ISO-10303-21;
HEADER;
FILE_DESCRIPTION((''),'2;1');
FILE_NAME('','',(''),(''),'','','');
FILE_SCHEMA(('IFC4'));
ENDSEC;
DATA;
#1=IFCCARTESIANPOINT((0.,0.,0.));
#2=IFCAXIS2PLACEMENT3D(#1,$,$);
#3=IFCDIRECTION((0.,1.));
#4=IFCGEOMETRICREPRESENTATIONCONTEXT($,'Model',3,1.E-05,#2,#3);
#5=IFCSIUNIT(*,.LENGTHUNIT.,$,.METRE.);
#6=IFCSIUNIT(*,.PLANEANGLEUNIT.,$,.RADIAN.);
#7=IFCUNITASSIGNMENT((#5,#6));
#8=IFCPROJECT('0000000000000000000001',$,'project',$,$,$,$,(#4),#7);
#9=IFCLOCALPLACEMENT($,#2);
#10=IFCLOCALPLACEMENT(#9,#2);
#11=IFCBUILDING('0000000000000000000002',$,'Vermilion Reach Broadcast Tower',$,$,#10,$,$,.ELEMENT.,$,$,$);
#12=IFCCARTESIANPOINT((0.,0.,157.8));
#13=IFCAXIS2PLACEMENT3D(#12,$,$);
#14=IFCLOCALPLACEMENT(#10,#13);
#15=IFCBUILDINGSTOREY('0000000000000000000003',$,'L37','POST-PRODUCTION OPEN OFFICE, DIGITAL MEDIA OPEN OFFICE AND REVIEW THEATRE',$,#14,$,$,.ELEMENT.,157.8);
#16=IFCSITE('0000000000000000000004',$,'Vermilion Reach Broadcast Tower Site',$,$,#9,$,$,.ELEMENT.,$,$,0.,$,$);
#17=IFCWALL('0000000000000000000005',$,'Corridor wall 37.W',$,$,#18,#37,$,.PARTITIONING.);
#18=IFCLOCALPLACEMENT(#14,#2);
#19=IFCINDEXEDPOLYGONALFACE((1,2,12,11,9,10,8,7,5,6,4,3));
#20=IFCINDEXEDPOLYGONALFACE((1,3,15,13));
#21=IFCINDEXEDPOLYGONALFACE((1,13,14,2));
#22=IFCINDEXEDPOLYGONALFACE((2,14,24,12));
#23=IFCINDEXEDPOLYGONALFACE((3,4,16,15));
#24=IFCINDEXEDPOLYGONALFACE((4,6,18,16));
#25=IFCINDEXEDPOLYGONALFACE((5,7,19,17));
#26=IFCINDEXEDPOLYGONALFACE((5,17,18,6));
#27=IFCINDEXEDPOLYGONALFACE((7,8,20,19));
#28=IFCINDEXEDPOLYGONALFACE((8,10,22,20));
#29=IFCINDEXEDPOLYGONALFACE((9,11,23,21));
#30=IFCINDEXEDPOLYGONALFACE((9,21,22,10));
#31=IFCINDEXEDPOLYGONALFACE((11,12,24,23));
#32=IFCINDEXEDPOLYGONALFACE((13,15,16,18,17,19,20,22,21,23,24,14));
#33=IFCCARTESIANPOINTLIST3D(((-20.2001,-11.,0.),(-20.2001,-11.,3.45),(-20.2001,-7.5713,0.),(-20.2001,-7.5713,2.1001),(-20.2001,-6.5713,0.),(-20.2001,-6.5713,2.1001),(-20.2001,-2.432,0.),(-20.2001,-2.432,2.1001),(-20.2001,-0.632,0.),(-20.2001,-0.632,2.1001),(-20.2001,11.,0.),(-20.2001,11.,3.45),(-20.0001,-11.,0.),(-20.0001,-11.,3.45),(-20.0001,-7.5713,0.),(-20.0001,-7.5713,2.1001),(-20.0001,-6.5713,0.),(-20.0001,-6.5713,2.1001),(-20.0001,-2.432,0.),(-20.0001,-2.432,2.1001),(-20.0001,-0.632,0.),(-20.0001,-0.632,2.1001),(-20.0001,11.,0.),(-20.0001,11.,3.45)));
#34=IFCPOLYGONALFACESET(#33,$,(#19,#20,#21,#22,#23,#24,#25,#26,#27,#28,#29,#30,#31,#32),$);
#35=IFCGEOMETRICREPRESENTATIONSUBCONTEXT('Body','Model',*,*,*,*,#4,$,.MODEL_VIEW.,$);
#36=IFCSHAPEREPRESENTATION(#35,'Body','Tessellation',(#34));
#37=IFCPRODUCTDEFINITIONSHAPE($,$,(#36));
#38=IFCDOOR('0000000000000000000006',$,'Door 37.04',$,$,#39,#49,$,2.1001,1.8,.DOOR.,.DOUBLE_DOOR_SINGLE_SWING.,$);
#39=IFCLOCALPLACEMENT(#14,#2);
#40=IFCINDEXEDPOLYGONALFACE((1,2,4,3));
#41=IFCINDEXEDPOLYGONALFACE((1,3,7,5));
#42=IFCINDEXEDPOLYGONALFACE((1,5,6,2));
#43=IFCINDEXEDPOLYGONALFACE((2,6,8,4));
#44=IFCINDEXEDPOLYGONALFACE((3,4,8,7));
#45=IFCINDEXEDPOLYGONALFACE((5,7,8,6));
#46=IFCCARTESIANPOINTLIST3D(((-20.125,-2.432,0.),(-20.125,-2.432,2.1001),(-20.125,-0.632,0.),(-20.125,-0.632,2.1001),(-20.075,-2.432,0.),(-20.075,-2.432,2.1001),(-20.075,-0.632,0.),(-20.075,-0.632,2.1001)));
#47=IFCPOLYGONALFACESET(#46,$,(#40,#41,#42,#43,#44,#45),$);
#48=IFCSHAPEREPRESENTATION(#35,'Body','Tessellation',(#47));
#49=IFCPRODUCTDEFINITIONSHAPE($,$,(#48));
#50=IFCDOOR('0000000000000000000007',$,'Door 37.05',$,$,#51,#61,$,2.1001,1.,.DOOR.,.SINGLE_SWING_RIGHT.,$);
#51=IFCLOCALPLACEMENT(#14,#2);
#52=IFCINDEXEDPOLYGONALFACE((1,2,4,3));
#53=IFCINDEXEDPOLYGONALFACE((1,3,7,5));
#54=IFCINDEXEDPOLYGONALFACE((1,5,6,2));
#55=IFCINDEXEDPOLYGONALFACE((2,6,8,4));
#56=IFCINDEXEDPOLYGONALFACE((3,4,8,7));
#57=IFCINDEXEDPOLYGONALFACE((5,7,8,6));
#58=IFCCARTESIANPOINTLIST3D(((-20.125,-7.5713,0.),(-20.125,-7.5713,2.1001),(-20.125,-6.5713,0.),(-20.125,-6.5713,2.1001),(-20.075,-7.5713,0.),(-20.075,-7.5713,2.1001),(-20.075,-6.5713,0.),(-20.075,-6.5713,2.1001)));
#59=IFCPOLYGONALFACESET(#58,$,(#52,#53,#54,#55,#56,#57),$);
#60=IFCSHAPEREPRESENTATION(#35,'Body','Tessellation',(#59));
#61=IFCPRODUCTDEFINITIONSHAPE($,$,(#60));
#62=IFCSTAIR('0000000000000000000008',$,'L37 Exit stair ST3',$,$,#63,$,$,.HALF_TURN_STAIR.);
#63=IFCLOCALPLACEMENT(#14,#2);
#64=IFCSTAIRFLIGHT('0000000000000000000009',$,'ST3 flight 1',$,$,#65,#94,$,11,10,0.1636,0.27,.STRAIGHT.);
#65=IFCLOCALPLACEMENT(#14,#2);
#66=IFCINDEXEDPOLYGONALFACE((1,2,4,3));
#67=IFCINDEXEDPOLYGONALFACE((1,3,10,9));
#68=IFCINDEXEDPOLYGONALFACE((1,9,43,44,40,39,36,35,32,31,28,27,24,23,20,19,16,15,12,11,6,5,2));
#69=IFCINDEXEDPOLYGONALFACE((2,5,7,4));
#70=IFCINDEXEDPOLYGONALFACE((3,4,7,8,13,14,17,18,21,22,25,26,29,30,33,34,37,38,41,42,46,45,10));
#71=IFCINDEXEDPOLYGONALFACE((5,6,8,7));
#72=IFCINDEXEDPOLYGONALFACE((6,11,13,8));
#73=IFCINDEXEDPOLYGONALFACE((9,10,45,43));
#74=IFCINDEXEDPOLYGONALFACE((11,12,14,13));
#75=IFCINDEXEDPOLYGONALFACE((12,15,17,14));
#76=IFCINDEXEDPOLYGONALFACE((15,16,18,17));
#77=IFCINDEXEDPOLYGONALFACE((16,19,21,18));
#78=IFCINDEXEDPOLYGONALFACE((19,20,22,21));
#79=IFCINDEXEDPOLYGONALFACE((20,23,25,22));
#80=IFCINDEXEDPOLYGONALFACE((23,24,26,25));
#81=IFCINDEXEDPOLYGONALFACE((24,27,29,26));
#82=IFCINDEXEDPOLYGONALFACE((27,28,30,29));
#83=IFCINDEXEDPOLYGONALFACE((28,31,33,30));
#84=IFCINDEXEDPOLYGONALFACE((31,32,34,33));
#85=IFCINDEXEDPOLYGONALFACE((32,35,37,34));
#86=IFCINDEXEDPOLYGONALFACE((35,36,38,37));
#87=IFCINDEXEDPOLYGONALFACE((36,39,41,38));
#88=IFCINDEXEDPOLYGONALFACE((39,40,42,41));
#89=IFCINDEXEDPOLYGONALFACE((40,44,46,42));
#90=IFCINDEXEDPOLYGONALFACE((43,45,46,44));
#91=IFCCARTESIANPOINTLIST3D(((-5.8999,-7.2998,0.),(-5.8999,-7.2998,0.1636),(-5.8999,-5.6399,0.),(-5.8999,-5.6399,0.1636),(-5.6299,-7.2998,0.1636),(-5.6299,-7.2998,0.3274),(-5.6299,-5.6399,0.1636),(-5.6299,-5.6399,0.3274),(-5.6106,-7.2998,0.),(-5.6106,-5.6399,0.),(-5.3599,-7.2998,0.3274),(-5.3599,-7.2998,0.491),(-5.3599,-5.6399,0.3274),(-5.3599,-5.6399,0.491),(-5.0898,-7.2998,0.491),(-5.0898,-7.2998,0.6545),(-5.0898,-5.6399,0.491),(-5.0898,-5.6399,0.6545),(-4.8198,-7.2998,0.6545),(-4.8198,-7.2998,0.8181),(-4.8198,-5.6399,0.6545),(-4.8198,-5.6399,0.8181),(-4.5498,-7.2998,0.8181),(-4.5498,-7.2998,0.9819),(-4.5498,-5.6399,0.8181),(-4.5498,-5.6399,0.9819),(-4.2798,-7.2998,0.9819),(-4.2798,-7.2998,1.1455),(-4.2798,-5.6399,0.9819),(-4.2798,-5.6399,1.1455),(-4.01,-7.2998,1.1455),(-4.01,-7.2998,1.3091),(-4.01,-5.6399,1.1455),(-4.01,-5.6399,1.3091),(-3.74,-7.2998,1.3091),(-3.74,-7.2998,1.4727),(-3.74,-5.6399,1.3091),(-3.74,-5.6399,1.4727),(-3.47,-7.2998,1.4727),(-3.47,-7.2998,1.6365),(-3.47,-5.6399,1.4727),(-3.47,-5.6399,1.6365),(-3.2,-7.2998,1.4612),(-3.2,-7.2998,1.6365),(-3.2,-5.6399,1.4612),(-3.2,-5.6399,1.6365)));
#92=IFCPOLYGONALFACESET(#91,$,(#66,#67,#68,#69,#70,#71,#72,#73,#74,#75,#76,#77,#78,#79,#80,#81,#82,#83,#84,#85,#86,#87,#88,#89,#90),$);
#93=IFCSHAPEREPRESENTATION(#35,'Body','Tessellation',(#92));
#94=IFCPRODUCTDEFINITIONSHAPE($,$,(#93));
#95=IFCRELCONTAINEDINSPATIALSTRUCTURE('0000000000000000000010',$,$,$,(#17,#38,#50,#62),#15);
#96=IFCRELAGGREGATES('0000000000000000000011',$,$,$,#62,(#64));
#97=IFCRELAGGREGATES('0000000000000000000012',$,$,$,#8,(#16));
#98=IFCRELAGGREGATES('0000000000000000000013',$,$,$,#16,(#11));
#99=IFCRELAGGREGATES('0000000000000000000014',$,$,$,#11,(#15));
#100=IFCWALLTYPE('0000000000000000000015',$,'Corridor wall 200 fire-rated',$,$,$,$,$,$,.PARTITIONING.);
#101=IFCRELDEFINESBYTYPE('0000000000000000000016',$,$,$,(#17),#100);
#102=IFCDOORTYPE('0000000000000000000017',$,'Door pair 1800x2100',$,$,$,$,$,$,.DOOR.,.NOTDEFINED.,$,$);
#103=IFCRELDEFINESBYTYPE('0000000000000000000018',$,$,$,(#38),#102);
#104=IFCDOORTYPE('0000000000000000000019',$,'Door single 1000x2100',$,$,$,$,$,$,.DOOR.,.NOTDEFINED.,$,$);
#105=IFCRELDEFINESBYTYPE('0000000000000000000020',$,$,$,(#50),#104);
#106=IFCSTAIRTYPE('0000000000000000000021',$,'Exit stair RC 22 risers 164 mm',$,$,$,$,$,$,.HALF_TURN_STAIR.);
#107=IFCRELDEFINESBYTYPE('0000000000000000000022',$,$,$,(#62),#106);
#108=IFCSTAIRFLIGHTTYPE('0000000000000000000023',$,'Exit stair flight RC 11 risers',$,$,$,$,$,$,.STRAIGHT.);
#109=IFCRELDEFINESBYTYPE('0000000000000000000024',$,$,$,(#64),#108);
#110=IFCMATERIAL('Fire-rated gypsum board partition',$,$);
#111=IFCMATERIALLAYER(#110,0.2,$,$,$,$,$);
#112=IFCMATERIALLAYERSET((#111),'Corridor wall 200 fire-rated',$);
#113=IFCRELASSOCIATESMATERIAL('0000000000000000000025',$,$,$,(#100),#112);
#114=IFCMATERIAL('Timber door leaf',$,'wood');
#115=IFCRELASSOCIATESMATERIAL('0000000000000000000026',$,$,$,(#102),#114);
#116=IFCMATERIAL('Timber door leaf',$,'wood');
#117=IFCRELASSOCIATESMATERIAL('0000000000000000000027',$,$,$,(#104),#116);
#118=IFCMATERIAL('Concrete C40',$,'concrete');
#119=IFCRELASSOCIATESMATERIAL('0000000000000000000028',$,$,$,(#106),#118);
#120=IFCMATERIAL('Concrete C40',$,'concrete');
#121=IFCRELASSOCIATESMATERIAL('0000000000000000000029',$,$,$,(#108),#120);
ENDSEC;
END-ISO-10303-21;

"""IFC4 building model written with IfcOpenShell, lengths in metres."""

from ifc_helpers import new_model, si_unit, direction, frame, frame_2d, origin, place, context, subcontext, project, spatial, polyline, rectangle, outline, extrude, material, layer, layer_set, type_object, element, fill, aggregate, save


model = new_model("IFC4")

# Units and contexts
model_context = context("Model", 3, precision=1e-05, world=origin(), true_north=direction((0.0, 1.0)))
body_context = subcontext(model_context, "Body", "Model", "MODEL_VIEW")
ifc_project = project(units=[si_unit("LENGTHUNIT", "METRE"), si_unit("PLANEANGLEUNIT", "RADIAN")], contexts=[model_context])

# Site, building, storey
site_placement = place(None, origin())
site = spatial("IfcSite", under=ifc_project, at=site_placement, Name="Vermilion Reach Broadcast Tower Site", CompositionType="ELEMENT", RefElevation=0.0)
building_placement = place(site_placement, origin())
building = spatial("IfcBuilding", under=site, at=building_placement, Name="Vermilion Reach Broadcast Tower", CompositionType="ELEMENT")
storey_placement = place(building_placement, frame((0.0, 0.0, 157.8)))
storey = spatial("IfcBuildingStorey", under=building, at=storey_placement, Name="L37", Description="POST-PRODUCTION OPEN OFFICE, DIGITAL MEDIA OPEN OFFICE AND REVIEW THEATRE", CompositionType="ELEMENT", Elevation=157.8)

# Wall, openings, doors
ifc_material_1 = material(Name="Fire-rated gypsum board partition")
ifc_layer_1 = layer(ifc_material_1, 0.2)
ifc_layer_set_1 = layer_set([ifc_layer_1], Name="Corridor wall 200 fire-rated")
wall_type_1 = type_object("IfcWallType", Name="Corridor wall 200 fire-rated", PredefinedType="PARTITIONING", material=ifc_layer_set_1)
wall_1_placement = place(storey_placement, frame((-20.1001, -11.0, 0.0), z_axis=(0.0, 0.0, 1.0), x_axis=(0.0, 1.0, 0.0)))
wall_1 = element("IfcWall", 1, at=wall_1_placement, inside=storey, type_object=wall_type_1, Name="Corridor wall 37.W", PredefinedType="PARTITIONING", context=body_context, shape_type="SweptSolid", body=[
    extrude(rectangle(XDim=22.0, YDim=0.2, at=frame_2d((11.0, 0.0))), origin(), (0.0, 0.0, 1.0), 3.45),
])
opening_1_placement = place(wall_1_placement, frame((8.5681, 0.0, 0.0)))
opening_1 = element("IfcOpeningElement", 2, at=opening_1_placement, cuts=wall_1, PredefinedType="OPENING", context=body_context, shape_type="SweptSolid", body=[
    extrude(rectangle(XDim=1.8, YDim=2.1001, at=frame_2d((0.8999, 1.05))), frame((0.0, 0.1099, 0.0), z_axis=(0.0, -1.0, 0.0), x_axis=(1.0, 0.0, 0.0)), (0.0, 0.0, 1.0), 0.22),
])
opening_2_placement = place(wall_1_placement, frame((3.4287, 0.0, 0.0)))
opening_2 = element("IfcOpeningElement", 3, at=opening_2_placement, cuts=wall_1, PredefinedType="OPENING", context=body_context, shape_type="SweptSolid", body=[
    extrude(rectangle(XDim=1.0, YDim=2.1001, at=frame_2d((0.5, 1.05))), frame((0.0, 0.1099, 0.0), z_axis=(0.0, -1.0, 0.0), x_axis=(1.0, 0.0, 0.0)), (0.0, 0.0, 1.0), 0.22),
])
ifc_material_2 = material(Name="Timber door leaf", Category="wood")
door_type_1 = type_object("IfcDoorType", Name="Door pair 1800x2100", OperationType="NOTDEFINED", PredefinedType="DOOR", material=ifc_material_2)
door_1_placement = place(opening_1_placement, origin())
door_1 = element("IfcDoor", 4, at=door_1_placement, inside=storey, type_object=door_type_1, Name="Door 37.04", OperationType="DOUBLE_DOOR_SINGLE_SWING", OverallHeight=2.1001, OverallWidth=1.8, PredefinedType="DOOR", context=body_context, shape_type="SweptSolid", body=[
    extrude(rectangle(XDim=1.8, YDim=2.1001, at=frame_2d((0.8999, 1.05))), frame((0.0, 0.0249, 0.0), z_axis=(0.0, -1.0, 0.0), x_axis=(1.0, 0.0, 0.0)), (0.0, 0.0, 1.0), 0.05),
])
fill(opening_1, door_1)
ifc_material_3 = material(Name="Timber door leaf", Category="wood")
door_type_2 = type_object("IfcDoorType", Name="Door single 1000x2100", OperationType="NOTDEFINED", PredefinedType="DOOR", material=ifc_material_3)
door_2_placement = place(opening_2_placement, origin())
door_2 = element("IfcDoor", 5, at=door_2_placement, inside=storey, type_object=door_type_2, Name="Door 37.05", OperationType="SINGLE_SWING_RIGHT", OverallHeight=2.1001, OverallWidth=1.0, PredefinedType="DOOR", context=body_context, shape_type="SweptSolid", body=[
    extrude(rectangle(XDim=1.0, YDim=2.1001, at=frame_2d((0.5, 1.05))), frame((0.0, 0.0249, 0.0), z_axis=(0.0, -1.0, 0.0), x_axis=(1.0, 0.0, 0.0)), (0.0, 0.0, 1.0), 0.05),
])
fill(opening_2, door_2)

# Stair, stair flight
ifc_material_4 = material(Name="Concrete C40", Category="concrete")
stair_type = type_object("IfcStairType", Name="Exit stair RC 22 risers 164 mm", PredefinedType="HALF_TURN_STAIR", material=ifc_material_4)
stair_placement = place(storey_placement, origin())
stair = element("IfcStair", 6, at=stair_placement, inside=storey, type_object=stair_type, Name="L37 Exit stair ST3", PredefinedType="HALF_TURN_STAIR")
ifc_material_5 = material(Name="Concrete C40", Category="concrete")
stair_flight_type = type_object("IfcStairFlightType", Name="Exit stair flight RC 11 risers", PredefinedType="STRAIGHT", material=ifc_material_5)
stair_flight_placement = place(storey_placement, frame((-5.8999, -6.47, 0.0), z_axis=(0.0, 0.0, 1.0), x_axis=(1.0, 0.0, 0.0)))
stair_flight = element("IfcStairFlight", 7, at=stair_flight_placement, type_object=stair_flight_type, Name="ST3 flight 1", NumberOfRisers=11, NumberOfTreads=10, PredefinedType="STRAIGHT", RiserHeight=0.1636, TreadLength=0.27, context=body_context, shape_type="SweptSolid", body=[
    extrude(outline(polyline([(0.0, 0.0), (0.0, 0.1636), (0.27, 0.1636), (0.27, 0.3274), (0.54, 0.3274), (0.54, 0.491), (0.8101, 0.491), (0.8101, 0.6545), (1.0801, 0.6545), (1.0801, 0.8181), (1.3501, 0.8181), (1.3501, 0.9819), (1.6201, 0.9819), (1.6201, 1.1455), (1.8899, 1.1455), (1.8899, 1.3091), (2.1599, 1.3091), (2.1599, 1.4727), (2.4299, 1.4727), (2.4299, 1.6365), (2.7, 1.6365), (2.7, 1.8), (2.7, 1.4612), (0.2893, 0.0), (0.0, 0.0)])), frame((0.0, 0.8301, 0.0), z_axis=(0.0, -1.0, 0.0), x_axis=(1.0, 0.0, 0.0)), (0.0, 0.0, 1.0), 1.6599),
])
aggregate(stair, [stair_flight])

save(model, "model.ifc")
